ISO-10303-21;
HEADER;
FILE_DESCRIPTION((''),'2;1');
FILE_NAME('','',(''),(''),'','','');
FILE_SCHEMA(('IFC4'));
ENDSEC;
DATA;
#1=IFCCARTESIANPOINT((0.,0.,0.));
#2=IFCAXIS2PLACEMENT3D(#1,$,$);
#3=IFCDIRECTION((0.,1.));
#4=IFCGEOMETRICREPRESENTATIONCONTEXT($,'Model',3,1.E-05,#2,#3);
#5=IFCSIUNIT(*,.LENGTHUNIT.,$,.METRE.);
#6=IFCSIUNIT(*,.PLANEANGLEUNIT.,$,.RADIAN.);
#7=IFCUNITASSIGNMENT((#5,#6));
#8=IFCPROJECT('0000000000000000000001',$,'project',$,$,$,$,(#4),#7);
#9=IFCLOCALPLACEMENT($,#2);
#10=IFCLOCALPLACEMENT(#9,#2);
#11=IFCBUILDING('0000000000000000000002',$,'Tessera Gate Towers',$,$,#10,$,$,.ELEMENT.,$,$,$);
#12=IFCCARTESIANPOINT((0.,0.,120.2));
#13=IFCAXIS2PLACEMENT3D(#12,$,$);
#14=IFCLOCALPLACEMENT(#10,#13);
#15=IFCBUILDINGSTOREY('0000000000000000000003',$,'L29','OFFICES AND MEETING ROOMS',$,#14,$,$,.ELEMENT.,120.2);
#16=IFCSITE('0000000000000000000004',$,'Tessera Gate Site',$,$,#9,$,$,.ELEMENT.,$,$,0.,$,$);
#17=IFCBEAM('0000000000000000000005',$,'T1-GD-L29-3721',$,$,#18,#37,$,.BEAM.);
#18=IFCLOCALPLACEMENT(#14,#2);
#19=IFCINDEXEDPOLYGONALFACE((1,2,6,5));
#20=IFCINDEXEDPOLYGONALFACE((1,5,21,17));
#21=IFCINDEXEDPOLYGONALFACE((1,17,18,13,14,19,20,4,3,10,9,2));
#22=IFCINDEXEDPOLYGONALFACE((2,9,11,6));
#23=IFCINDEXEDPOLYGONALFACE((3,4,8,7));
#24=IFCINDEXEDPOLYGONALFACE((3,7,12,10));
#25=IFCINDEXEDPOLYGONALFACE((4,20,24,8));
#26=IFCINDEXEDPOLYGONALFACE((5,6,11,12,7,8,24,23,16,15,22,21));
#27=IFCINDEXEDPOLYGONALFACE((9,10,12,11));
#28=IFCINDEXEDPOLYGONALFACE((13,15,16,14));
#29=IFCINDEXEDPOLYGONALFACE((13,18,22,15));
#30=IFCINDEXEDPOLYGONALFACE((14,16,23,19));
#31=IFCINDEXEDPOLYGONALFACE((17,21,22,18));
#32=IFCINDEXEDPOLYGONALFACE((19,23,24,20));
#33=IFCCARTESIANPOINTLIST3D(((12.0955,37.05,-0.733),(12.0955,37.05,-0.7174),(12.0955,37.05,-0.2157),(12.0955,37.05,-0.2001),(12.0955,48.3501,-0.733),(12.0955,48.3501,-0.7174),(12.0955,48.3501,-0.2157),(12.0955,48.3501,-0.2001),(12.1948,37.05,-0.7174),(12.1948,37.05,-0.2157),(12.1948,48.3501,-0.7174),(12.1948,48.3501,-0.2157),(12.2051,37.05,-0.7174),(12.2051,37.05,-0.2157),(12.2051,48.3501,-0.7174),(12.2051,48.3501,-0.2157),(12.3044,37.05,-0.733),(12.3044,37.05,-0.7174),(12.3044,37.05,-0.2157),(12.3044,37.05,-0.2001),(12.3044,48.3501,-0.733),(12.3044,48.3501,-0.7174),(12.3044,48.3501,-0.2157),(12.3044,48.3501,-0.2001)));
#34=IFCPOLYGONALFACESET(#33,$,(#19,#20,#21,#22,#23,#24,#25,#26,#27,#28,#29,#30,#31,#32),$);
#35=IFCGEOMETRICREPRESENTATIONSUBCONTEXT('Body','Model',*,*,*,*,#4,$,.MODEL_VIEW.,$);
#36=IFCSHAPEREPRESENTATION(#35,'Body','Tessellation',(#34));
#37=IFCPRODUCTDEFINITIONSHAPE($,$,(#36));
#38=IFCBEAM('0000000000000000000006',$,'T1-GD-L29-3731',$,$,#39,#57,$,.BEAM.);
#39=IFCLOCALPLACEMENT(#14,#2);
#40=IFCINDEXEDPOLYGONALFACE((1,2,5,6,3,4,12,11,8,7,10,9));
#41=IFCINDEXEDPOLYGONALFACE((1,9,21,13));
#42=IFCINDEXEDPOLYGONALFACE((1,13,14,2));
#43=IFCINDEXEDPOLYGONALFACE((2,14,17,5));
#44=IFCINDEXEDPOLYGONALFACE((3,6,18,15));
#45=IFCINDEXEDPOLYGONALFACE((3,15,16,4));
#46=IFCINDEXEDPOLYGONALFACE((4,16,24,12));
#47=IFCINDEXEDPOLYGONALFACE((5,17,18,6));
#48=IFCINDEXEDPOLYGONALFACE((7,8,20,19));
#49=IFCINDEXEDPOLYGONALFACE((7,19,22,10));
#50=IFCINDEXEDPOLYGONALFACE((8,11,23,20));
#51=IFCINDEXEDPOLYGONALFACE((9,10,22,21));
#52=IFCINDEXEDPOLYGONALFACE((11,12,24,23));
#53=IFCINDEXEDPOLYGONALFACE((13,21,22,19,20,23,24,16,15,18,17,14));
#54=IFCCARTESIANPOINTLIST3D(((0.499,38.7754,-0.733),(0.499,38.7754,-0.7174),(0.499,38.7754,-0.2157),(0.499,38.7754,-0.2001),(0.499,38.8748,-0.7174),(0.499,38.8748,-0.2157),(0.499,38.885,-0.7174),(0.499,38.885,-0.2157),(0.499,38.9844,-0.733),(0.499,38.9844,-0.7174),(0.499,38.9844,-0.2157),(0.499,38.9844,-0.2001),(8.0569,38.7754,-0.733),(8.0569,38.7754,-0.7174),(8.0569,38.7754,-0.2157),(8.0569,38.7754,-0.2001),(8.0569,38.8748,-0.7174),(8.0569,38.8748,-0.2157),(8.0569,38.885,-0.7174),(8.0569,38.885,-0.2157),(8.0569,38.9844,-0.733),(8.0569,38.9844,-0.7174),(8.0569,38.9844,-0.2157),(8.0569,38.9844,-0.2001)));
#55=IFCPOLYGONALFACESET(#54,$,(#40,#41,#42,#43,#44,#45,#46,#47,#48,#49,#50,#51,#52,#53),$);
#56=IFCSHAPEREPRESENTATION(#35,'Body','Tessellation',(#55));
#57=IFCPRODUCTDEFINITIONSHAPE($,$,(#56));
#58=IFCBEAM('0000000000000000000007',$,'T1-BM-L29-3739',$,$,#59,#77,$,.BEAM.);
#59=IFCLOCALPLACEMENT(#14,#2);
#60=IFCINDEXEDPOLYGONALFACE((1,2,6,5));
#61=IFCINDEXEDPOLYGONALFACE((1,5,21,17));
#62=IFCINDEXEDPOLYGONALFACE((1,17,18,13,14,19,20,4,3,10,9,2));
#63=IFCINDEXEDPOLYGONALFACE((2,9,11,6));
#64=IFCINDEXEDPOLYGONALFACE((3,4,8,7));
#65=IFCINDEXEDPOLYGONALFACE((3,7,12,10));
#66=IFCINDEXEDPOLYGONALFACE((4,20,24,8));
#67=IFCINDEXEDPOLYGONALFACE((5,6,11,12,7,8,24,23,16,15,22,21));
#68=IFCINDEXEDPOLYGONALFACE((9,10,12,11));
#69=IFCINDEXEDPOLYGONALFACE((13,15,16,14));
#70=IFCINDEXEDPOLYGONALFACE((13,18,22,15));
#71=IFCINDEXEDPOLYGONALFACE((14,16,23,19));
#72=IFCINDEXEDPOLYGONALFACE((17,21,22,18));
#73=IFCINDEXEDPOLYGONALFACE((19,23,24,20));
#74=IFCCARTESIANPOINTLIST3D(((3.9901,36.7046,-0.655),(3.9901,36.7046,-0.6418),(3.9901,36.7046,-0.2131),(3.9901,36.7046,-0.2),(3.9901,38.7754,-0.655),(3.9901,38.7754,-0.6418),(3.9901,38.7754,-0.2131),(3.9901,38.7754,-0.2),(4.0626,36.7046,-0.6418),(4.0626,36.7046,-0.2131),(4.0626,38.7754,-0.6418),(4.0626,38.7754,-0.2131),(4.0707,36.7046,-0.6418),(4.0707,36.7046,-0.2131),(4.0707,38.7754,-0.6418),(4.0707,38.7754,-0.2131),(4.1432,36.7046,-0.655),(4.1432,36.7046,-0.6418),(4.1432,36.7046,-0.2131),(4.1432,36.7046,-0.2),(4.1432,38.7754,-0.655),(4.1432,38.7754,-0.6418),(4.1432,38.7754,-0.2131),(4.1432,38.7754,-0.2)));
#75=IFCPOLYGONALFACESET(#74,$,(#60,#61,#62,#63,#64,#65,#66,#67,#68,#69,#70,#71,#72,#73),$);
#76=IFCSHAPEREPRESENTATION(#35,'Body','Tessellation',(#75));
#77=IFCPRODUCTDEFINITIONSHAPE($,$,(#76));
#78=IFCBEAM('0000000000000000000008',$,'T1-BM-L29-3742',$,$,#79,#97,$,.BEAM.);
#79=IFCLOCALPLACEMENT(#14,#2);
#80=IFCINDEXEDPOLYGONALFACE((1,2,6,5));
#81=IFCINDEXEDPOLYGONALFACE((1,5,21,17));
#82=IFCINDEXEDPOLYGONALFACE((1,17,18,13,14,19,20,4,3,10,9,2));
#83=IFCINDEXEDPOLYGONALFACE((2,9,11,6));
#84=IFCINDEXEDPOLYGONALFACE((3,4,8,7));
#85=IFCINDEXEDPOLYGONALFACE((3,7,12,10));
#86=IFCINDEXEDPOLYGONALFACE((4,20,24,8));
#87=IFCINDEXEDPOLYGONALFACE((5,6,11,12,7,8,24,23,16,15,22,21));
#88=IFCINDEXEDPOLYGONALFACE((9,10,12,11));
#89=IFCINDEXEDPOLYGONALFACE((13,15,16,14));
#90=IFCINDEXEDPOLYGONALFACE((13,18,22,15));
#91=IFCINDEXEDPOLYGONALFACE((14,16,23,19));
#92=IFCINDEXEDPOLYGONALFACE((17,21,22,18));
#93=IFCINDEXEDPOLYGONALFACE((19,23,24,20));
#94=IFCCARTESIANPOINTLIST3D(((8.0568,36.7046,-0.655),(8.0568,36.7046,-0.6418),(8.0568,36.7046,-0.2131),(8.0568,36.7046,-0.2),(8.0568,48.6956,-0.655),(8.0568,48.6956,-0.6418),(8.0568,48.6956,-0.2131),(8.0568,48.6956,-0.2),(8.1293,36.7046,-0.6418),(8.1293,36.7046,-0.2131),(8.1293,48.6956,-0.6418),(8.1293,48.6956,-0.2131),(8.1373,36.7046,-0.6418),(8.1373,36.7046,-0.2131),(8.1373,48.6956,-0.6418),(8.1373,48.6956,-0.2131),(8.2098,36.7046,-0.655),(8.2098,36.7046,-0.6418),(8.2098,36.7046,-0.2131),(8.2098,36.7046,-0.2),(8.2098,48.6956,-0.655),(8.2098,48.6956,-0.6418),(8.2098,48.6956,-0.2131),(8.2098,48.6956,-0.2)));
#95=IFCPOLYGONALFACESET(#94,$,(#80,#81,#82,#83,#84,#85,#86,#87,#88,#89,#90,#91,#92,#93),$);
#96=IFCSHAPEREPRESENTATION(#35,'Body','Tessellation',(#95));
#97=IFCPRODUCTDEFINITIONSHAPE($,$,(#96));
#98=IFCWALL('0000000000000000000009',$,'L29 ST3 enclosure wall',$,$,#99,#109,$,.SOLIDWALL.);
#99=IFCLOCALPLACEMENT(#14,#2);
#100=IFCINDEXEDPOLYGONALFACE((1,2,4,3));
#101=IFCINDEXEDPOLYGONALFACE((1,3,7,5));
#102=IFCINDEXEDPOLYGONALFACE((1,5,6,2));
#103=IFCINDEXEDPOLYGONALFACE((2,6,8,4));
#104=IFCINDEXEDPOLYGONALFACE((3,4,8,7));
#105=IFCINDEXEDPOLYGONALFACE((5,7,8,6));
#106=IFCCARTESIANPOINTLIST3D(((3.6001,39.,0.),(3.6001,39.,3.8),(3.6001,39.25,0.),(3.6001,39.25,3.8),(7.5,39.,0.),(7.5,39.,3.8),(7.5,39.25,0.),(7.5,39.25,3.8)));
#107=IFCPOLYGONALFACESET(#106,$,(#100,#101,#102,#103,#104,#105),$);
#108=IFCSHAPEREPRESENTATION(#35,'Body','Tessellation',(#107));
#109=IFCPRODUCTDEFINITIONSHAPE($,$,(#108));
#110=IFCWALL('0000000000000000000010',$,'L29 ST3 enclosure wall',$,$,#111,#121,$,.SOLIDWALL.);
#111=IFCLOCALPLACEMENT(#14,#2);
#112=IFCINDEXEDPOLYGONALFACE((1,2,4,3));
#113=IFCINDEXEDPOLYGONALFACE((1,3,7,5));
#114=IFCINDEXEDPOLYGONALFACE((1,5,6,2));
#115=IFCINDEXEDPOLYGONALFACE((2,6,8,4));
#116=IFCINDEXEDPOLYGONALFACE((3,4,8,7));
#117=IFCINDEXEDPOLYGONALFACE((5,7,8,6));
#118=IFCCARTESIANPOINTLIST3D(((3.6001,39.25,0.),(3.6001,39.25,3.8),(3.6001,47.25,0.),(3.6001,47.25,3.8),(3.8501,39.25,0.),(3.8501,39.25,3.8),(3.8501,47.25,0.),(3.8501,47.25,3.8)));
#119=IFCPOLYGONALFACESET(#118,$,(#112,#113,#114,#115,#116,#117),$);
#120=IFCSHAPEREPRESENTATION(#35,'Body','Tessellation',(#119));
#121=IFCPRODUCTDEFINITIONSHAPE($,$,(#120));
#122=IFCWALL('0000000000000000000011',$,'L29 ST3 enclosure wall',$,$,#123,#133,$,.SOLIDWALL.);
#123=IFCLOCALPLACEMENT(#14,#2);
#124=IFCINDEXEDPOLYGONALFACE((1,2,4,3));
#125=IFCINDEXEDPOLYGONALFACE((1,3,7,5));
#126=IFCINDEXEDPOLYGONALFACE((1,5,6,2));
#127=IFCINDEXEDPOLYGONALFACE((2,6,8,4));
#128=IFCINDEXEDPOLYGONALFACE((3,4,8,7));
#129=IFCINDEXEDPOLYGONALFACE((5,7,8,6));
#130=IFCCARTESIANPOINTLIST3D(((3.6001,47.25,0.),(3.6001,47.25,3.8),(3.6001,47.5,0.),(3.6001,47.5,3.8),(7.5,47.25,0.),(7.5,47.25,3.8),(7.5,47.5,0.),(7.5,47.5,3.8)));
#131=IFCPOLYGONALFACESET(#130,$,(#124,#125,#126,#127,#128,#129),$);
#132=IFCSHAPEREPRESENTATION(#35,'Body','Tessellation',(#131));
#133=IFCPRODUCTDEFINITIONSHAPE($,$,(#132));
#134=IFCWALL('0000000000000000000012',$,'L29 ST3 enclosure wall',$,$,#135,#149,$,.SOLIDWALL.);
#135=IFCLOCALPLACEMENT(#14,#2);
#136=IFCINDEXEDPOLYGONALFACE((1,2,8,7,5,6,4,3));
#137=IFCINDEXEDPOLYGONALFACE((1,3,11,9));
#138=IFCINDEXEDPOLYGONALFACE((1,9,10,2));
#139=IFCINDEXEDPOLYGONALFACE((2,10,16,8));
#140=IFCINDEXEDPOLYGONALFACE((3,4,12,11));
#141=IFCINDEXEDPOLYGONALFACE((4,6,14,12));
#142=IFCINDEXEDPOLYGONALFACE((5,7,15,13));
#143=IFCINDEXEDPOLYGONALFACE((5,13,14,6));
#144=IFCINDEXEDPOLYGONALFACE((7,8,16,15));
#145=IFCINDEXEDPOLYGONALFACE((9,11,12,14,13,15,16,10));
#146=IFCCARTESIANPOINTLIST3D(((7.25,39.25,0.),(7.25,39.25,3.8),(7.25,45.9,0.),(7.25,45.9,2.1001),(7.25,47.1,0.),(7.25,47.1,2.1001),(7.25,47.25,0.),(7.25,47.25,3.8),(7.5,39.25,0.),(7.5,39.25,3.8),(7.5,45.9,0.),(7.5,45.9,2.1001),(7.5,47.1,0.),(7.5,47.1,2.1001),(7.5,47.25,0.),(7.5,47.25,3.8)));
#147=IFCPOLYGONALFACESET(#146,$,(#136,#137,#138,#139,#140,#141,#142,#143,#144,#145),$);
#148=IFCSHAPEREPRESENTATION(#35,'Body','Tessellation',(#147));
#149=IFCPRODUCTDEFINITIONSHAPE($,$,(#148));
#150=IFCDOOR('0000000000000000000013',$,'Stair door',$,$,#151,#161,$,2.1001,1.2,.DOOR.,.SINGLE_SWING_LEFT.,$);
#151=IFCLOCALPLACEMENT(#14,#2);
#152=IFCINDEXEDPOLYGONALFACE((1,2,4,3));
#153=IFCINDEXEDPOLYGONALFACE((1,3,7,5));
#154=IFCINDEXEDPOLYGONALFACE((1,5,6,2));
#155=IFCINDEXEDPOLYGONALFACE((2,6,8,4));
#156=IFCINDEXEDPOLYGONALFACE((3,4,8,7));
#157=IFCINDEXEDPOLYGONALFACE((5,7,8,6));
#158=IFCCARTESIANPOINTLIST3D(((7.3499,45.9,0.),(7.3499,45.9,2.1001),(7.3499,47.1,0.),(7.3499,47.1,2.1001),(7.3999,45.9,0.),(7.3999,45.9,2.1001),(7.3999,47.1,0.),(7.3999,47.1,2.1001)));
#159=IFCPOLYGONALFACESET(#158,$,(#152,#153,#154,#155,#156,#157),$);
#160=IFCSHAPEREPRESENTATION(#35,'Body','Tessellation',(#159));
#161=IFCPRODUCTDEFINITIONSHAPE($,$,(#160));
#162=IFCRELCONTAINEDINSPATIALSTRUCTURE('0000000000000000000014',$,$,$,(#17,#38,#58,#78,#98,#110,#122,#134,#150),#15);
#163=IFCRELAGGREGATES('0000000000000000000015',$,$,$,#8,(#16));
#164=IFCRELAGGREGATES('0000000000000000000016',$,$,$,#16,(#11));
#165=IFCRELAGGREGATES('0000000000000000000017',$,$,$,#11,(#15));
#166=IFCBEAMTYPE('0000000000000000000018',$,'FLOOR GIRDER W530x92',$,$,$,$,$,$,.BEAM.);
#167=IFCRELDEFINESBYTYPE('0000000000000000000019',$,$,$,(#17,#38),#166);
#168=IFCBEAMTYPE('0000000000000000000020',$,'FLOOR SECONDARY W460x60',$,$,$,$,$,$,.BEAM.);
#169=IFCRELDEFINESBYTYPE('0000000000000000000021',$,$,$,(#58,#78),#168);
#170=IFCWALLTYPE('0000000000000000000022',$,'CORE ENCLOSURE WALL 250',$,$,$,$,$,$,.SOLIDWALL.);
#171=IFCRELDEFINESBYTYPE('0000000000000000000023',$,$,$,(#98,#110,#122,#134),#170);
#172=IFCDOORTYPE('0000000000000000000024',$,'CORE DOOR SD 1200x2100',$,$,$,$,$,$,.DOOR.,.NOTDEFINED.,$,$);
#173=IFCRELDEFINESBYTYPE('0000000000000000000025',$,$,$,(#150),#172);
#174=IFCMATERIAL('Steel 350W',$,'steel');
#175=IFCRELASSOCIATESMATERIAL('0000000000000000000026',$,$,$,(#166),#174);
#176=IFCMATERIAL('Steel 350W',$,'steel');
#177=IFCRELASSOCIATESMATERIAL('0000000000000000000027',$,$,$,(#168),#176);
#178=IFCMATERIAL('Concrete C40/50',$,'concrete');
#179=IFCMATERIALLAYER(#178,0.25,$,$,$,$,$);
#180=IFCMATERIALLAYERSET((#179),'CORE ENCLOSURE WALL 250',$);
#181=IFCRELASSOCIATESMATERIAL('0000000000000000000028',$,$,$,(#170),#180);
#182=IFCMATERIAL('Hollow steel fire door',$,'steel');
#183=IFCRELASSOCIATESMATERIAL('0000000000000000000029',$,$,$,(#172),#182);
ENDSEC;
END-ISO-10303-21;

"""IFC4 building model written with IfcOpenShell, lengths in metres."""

from ifc_helpers import new_model, si_unit, direction, frame, frame_2d, origin, origin_2d, place, context, subcontext, project, spatial, rectangle, i_section, extrude, source, transform, mapped, material, layer, layer_set, material_profile, profile_set, type_object, element, fill, save


model = new_model("IFC4")

# Units and contexts
model_context = context("Model", 3, precision=1e-05, world=origin(), true_north=direction((0.0, 1.0)))
body_context = subcontext(model_context, "Body", "Model", "MODEL_VIEW")
ifc_project = project(units=[si_unit("LENGTHUNIT", "METRE"), si_unit("PLANEANGLEUNIT", "RADIAN")], contexts=[model_context])

# Site, building, storey
site_placement = place(None, origin())
site = spatial("IfcSite", under=ifc_project, at=site_placement, Name="Tessera Gate Site", CompositionType="ELEMENT", RefElevation=0.0)
building_placement = place(site_placement, origin())
building = spatial("IfcBuilding", under=site, at=building_placement, Name="Tessera Gate Towers", CompositionType="ELEMENT")
storey_placement = place(building_placement, frame((0.0, 0.0, 120.2)))
storey = spatial("IfcBuildingStorey", under=building, at=storey_placement, Name="L29", Description="OFFICES AND MEETING ROOMS", CompositionType="ELEMENT", Elevation=120.2)

# Beams
ifc_material_1 = material(Name="Steel 350W", Category="steel")
ifc_material_profile_1 = material_profile(ifc_material_1, i_section(OverallWidth=0.209, OverallDepth=0.533, WebThickness=0.0103, FlangeThickness=0.0156, at=origin_2d()), Name="W530x92")
ifc_profile_set_1 = profile_set([ifc_material_profile_1], Name="Steel 350W")
beam_type_1 = type_object("IfcBeamType", Name="FLOOR GIRDER W530x92", PredefinedType="BEAM", material=ifc_profile_set_1)
beam_1_placement = place(storey_placement, frame((12.2, 37.05, -0.4666), z_axis=(0.0, 1.0, 0.0), x_axis=(-1.0, 0.0, 0.0)))
element("IfcBeam", 1, at=beam_1_placement, inside=storey, type_object=beam_type_1, Name="T1-GD-L29-3721", PredefinedType="BEAM", context=body_context, shape_type="SweptSolid", body=[
    extrude(i_section(OverallWidth=0.209, OverallDepth=0.533, WebThickness=0.0103, FlangeThickness=0.0156, at=origin_2d()), origin(), (0.0, 0.0, 1.0), 11.3),
])
beam_2_placement = place(storey_placement, frame((0.499, 38.8799, -0.4666), z_axis=(1.0, 0.0, 0.0), x_axis=(0.0, 1.0, 0.0)))
element("IfcBeam", 2, at=beam_2_placement, inside=storey, type_object=beam_type_1, Name="T1-GD-L29-3731", PredefinedType="BEAM", context=body_context, shape_type="SweptSolid", body=[
    extrude(i_section(OverallWidth=0.209, OverallDepth=0.533, WebThickness=0.0103, FlangeThickness=0.0156, at=origin_2d()), origin(), (0.0, 0.0, 1.0), 7.5579),
])
ifc_material_2 = material(Name="Steel 350W", Category="steel")
ifc_material_profile_2 = material_profile(ifc_material_2, i_section(OverallWidth=0.1531, OverallDepth=0.4551, WebThickness=0.0081, FlangeThickness=0.0132, at=origin_2d()), Name="W460x60")
ifc_profile_set_2 = profile_set([ifc_material_profile_2], Name="Steel 350W")
beam_type_2 = type_object("IfcBeamType", Name="FLOOR SECONDARY W460x60", PredefinedType="BEAM", material=ifc_profile_set_2)
beam_3_placement = place(storey_placement, frame((4.0667, 36.7046, -0.4275), z_axis=(0.0, 1.0, 0.0), x_axis=(-1.0, 0.0, 0.0)))
element("IfcBeam", 3, at=beam_3_placement, inside=storey, type_object=beam_type_2, Name="T1-BM-L29-3739", PredefinedType="BEAM", context=body_context, shape_type="SweptSolid", body=[
    extrude(i_section(OverallWidth=0.1531, OverallDepth=0.4551, WebThickness=0.0081, FlangeThickness=0.0132, at=origin_2d()), origin(), (0.0, 0.0, 1.0), 2.0708),
])
beam_4_placement = place(storey_placement, frame((8.1333, 36.7046, -0.4275), z_axis=(0.0, 1.0, 0.0), x_axis=(-1.0, 0.0, 0.0)))
element("IfcBeam", 4, at=beam_4_placement, inside=storey, type_object=beam_type_2, Name="T1-BM-L29-3742", PredefinedType="BEAM", context=body_context, shape_type="SweptSolid", body=[
    extrude(i_section(OverallWidth=0.1531, OverallDepth=0.4551, WebThickness=0.0081, FlangeThickness=0.0132, at=origin_2d()), origin(), (0.0, 0.0, 1.0), 11.991),
])

# Walls
ifc_material_3 = material(Name="Concrete C40/50", Category="concrete")
ifc_layer_1 = layer(ifc_material_3, 0.25)
ifc_layer_set_1 = layer_set([ifc_layer_1], Name="CORE ENCLOSURE WALL 250")
wall_type_1 = type_object("IfcWallType", Name="CORE ENCLOSURE WALL 250", PredefinedType="SOLIDWALL", material=ifc_layer_set_1)
wall_1_placement = place(storey_placement, frame((7.5, 39.125, 0.0), z_axis=(0.0, 0.0, 1.0), x_axis=(-1.0, 0.0, 0.0)))
element("IfcWall", 5, at=wall_1_placement, inside=storey, type_object=wall_type_1, Name="L29 ST3 enclosure wall", PredefinedType="SOLIDWALL", context=body_context, shape_type="SweptSolid", body=[
    extrude(rectangle(XDim=3.8999, YDim=0.25, at=frame_2d((1.95, 0.0))), origin(), (0.0, 0.0, 1.0), 3.8),
])
wall_2_placement = place(storey_placement, frame((3.7251, 39.25, 0.0), z_axis=(0.0, 0.0, 1.0), x_axis=(0.0, 1.0, 0.0)))
element("IfcWall", 6, at=wall_2_placement, inside=storey, type_object=wall_type_1, Name="L29 ST3 enclosure wall", PredefinedType="SOLIDWALL", context=body_context, shape_type="SweptSolid", body=[
    extrude(rectangle(XDim=8.0, YDim=0.25, at=frame_2d((4.0, 0.0))), origin(), (0.0, 0.0, 1.0), 3.8),
])
wall_3_placement = place(storey_placement, frame((3.6001, 47.375, 0.0), z_axis=(0.0, 0.0, 1.0), x_axis=(1.0, 0.0, 0.0)))
element("IfcWall", 7, at=wall_3_placement, inside=storey, type_object=wall_type_1, Name="L29 ST3 enclosure wall", PredefinedType="SOLIDWALL", context=body_context, shape_type="SweptSolid", body=[
    extrude(rectangle(XDim=3.8999, YDim=0.25, at=frame_2d((1.95, 0.0))), origin(), (0.0, 0.0, 1.0), 3.8),
])

# Wall, opening, door
wall_4_placement = place(storey_placement, frame((7.375, 47.25, 0.0), z_axis=(0.0, 0.0, 1.0), x_axis=(0.0, -1.0, 0.0)))
wall_4 = element("IfcWall", 8, at=wall_4_placement, inside=storey, type_object=wall_type_1, Name="L29 ST3 enclosure wall", PredefinedType="SOLIDWALL", context=body_context, shape_type="SweptSolid", body=[
    extrude(rectangle(XDim=8.0, YDim=0.25, at=frame_2d((4.0, 0.0))), origin(), (0.0, 0.0, 1.0), 3.8),
])
shared_shape_1 = source(origin(), body_context, "Body", "SweptSolid", [
    extrude(rectangle(XDim=1.2, YDim=2.1001, at=frame_2d((0.6001, 1.05))), frame((0.0, 0.135, 0.0), z_axis=(0.0, -1.0, 0.0), x_axis=(1.0, 0.0, 0.0)), (0.0, 0.0, 1.0), 0.27),
])
opening_1_placement = place(wall_4_placement, frame((0.1499, 0.0, 0.0)))
opening_1 = element("IfcOpeningElement", 9, at=opening_1_placement, cuts=wall_4, PredefinedType="OPENING", context=body_context, shape_type="MappedRepresentation", body=[
    mapped(shared_shape_1, transform((0.0, 0.0, 0.0), scale=1.0)),
])
ifc_material_4 = material(Name="Hollow steel fire door", Category="steel")
door_type_1 = type_object("IfcDoorType", Name="CORE DOOR SD 1200x2100", OperationType="NOTDEFINED", PredefinedType="DOOR", material=ifc_material_4)
shared_shape_2 = source(origin(), body_context, "Body", "SweptSolid", [
    extrude(rectangle(XDim=1.2, YDim=2.1001, at=frame_2d((0.6001, 1.05))), frame((0.0, 0.0249, 0.0), z_axis=(0.0, -1.0, 0.0), x_axis=(1.0, 0.0, 0.0)), (0.0, 0.0, 1.0), 0.05),
])
door_1_placement = place(opening_1_placement, origin())
door_1 = element("IfcDoor", 10, at=door_1_placement, inside=storey, type_object=door_type_1, Name="Stair door", OperationType="SINGLE_SWING_LEFT", OverallHeight=2.1001, OverallWidth=1.2, PredefinedType="DOOR", context=body_context, shape_type="MappedRepresentation", body=[
    mapped(shared_shape_2, transform((0.0, 0.0, 0.0), scale=1.0)),
])
fill(opening_1, door_1)

save(model, "model.ifc")
